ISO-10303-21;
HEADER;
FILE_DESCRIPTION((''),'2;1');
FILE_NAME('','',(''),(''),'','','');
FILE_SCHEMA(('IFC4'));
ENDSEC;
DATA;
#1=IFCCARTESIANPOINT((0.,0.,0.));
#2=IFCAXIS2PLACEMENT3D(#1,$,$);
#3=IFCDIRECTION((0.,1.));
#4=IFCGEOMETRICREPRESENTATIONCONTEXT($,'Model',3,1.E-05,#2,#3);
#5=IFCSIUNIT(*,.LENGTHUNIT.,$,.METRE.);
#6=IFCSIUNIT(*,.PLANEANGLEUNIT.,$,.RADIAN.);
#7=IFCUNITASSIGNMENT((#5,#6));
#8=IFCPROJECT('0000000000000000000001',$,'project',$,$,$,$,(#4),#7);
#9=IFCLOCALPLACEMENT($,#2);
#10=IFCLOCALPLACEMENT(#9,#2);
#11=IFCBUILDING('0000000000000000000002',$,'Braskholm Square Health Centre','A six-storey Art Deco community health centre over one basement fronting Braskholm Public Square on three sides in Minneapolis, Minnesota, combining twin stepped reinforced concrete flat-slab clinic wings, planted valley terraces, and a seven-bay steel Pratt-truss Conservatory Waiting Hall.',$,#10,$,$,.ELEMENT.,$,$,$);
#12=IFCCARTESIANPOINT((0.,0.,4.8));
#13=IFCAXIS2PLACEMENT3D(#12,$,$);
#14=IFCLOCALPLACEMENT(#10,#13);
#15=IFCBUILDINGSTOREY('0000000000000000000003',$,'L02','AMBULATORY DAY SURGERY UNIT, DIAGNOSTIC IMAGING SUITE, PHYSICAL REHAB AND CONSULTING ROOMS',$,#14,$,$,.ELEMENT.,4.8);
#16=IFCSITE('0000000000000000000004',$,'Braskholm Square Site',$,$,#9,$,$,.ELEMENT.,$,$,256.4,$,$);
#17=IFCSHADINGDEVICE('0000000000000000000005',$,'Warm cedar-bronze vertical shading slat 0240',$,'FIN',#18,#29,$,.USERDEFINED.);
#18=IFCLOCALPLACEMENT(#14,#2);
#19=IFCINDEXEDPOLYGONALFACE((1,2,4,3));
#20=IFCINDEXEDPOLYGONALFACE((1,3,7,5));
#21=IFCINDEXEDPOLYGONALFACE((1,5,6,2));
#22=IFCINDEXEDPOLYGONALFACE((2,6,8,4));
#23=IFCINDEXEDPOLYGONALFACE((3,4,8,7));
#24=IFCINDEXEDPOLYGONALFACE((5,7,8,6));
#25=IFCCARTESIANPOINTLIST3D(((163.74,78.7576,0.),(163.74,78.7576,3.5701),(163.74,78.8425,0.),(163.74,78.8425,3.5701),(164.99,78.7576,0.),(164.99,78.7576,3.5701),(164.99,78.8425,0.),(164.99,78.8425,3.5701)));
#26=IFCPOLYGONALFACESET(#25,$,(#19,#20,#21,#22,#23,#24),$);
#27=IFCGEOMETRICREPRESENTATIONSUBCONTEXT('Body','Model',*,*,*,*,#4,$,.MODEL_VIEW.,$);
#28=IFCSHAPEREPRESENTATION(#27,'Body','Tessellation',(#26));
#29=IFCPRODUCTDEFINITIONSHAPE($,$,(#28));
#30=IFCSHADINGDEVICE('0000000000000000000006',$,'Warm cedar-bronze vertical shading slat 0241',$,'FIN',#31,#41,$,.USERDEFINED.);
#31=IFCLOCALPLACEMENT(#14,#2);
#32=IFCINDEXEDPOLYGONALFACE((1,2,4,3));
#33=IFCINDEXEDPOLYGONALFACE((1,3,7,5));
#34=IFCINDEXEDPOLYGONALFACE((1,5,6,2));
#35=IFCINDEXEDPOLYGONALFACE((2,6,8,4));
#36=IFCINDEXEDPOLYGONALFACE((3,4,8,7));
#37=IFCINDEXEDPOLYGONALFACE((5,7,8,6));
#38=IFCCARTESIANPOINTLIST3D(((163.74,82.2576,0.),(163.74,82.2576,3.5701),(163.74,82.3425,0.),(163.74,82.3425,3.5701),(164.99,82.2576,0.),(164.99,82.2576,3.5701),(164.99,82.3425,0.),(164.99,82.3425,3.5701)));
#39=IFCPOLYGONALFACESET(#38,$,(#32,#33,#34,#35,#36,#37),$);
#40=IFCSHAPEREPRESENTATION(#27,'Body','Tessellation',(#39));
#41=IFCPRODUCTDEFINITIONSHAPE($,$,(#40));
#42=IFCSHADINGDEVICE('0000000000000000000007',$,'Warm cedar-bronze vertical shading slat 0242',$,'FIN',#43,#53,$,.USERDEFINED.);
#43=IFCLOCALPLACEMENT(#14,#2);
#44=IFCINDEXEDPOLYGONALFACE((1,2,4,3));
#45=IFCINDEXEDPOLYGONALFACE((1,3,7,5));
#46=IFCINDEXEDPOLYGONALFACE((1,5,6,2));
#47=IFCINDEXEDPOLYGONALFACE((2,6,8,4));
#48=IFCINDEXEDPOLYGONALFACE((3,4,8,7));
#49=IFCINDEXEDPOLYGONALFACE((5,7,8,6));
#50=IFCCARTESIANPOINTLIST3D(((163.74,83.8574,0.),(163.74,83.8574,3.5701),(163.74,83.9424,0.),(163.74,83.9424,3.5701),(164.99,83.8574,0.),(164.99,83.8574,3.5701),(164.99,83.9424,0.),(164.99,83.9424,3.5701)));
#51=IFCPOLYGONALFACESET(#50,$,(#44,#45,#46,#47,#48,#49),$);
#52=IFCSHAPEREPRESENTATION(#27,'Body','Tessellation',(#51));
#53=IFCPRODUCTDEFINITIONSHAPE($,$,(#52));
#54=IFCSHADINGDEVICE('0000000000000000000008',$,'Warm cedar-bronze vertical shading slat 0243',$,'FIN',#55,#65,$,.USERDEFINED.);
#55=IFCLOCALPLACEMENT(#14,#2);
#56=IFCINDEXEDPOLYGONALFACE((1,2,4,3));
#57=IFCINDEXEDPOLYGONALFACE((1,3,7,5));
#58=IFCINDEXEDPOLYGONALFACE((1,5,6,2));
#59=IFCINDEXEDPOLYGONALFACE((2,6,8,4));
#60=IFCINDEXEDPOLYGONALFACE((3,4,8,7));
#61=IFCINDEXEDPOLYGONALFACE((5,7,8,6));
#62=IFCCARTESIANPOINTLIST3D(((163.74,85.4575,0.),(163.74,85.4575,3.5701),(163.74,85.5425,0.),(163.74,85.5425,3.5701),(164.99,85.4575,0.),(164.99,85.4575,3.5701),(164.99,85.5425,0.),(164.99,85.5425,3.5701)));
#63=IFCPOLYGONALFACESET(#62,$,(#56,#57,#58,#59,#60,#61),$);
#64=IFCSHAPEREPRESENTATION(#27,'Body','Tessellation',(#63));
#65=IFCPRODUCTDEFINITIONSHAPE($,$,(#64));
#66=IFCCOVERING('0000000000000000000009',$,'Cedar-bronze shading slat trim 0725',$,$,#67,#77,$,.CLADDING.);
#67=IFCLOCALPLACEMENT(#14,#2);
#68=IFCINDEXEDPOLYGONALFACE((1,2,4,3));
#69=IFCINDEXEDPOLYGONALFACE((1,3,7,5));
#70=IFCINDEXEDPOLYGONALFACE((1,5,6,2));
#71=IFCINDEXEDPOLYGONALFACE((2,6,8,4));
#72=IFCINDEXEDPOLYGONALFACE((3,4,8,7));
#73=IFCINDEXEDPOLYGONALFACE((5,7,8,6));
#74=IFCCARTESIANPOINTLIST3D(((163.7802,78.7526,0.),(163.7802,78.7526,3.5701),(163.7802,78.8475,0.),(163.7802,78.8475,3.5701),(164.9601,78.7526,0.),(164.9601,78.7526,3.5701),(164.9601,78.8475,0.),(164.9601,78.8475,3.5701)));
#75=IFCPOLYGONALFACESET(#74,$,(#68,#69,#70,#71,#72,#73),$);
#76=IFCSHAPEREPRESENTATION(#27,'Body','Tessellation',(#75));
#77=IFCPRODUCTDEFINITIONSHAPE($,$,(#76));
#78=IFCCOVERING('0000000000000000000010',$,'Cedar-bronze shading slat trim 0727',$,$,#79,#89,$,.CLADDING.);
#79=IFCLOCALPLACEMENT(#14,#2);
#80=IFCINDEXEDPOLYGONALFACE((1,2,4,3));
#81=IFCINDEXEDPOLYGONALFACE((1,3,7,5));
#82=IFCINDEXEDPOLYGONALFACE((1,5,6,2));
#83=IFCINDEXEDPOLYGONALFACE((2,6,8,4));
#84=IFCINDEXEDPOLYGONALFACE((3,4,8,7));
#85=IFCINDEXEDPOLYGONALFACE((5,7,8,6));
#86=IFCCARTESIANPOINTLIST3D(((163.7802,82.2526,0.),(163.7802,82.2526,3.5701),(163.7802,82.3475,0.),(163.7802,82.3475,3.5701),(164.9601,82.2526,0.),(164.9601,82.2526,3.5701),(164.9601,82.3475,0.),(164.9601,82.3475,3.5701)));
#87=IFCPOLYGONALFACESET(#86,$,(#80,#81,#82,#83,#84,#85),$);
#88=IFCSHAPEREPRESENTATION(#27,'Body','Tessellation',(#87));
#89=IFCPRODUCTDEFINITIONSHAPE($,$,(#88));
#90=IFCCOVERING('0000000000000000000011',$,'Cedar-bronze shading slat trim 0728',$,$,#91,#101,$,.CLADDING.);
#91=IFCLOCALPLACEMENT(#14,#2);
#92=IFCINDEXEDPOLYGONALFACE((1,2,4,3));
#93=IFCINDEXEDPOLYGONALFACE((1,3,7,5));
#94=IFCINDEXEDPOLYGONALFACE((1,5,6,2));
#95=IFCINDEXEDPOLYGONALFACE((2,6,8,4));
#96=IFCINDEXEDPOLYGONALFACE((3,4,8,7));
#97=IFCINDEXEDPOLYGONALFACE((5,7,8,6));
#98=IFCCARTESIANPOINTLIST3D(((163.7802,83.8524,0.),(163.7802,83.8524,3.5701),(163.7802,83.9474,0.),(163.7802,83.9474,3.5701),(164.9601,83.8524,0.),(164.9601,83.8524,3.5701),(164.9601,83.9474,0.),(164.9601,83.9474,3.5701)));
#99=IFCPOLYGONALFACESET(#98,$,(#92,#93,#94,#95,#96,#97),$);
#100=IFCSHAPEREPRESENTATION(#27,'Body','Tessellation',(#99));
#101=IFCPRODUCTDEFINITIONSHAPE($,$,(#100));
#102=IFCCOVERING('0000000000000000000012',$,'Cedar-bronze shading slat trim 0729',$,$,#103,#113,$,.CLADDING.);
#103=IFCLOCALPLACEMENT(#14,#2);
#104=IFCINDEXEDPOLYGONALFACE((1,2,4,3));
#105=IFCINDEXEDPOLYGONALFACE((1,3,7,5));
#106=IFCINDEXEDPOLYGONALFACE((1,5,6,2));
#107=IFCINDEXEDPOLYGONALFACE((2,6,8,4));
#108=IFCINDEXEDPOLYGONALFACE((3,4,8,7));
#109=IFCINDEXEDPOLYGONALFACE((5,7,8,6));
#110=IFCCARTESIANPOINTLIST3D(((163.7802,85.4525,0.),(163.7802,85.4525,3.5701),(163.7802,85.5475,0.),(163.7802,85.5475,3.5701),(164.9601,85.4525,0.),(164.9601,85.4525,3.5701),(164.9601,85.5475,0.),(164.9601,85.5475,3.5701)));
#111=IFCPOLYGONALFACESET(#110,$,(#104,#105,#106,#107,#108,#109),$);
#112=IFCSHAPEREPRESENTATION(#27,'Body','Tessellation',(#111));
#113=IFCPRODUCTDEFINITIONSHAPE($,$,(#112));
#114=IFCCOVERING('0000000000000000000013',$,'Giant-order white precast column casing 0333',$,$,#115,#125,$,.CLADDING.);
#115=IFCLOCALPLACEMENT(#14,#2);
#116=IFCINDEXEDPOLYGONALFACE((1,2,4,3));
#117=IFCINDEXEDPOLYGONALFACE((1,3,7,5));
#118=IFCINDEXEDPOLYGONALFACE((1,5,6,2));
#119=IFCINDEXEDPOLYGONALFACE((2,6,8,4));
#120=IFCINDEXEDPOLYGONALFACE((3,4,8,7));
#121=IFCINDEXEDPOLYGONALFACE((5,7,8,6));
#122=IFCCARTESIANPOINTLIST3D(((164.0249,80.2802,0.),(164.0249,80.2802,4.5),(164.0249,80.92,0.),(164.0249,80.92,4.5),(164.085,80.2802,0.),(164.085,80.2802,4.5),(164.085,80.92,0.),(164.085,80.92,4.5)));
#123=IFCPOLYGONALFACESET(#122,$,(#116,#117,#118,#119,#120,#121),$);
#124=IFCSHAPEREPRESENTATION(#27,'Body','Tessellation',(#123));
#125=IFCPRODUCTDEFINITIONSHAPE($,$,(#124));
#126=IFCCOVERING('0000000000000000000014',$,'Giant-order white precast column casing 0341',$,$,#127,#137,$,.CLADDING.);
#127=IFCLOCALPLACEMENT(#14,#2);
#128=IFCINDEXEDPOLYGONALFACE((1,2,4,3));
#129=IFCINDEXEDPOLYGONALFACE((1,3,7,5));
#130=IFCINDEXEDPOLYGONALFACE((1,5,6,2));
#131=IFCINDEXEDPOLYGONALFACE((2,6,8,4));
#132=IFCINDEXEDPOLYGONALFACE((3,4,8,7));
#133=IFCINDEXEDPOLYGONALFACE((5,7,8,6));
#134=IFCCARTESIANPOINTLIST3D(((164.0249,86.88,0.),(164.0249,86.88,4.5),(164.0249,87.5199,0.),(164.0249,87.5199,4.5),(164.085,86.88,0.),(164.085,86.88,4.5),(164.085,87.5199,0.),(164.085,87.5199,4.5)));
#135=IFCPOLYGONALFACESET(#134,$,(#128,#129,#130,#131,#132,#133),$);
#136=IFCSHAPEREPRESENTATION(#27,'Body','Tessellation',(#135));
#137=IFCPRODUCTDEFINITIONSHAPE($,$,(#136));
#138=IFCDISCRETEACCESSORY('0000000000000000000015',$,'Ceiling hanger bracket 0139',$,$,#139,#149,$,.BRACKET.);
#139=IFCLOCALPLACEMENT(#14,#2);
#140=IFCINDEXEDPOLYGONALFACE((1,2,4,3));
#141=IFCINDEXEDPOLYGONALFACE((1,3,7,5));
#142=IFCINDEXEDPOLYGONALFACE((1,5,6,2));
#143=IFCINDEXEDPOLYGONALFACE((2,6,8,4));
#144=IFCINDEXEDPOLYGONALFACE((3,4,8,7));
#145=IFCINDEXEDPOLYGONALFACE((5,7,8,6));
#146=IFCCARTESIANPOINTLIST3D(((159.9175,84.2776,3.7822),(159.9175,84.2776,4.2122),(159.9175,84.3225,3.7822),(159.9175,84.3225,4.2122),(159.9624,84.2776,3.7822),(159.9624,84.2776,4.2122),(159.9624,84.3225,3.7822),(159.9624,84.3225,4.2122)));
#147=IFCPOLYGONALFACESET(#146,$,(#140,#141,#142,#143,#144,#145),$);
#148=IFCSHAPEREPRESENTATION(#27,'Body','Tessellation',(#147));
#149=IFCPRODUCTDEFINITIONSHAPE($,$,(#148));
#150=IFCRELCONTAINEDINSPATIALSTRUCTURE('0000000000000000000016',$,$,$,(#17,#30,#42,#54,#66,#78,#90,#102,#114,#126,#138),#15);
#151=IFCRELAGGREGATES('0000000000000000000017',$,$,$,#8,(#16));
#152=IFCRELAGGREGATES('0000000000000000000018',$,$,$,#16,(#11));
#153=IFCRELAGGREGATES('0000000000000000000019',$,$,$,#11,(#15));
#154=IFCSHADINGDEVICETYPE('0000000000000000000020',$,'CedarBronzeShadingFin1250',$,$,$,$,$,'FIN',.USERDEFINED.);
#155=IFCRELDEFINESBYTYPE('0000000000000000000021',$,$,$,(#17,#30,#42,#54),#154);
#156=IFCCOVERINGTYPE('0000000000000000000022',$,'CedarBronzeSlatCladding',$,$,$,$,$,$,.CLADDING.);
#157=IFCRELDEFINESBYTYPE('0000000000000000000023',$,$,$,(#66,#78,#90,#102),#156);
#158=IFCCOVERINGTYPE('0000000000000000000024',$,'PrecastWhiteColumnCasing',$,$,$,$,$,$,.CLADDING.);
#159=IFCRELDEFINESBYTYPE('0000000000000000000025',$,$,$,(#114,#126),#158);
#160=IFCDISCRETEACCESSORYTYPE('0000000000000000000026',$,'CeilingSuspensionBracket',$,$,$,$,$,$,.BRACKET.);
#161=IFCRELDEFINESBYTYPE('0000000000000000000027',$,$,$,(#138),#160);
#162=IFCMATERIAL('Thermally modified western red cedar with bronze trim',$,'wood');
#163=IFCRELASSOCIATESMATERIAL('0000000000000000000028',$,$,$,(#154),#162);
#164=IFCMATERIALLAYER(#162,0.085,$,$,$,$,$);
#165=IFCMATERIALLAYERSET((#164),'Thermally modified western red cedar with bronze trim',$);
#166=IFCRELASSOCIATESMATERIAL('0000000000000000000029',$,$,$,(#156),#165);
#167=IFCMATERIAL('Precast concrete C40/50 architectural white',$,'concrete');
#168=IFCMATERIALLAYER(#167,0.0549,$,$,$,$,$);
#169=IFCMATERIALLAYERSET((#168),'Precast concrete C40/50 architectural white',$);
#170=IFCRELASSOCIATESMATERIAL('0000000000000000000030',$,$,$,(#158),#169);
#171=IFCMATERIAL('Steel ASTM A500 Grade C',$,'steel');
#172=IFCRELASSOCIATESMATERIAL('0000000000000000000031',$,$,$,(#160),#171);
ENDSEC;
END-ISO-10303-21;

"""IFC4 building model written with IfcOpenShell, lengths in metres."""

from ifc_helpers import new_model, si_unit, direction, frame, origin, origin_2d, place, context, subcontext, project, spatial, rectangle, extrude, material, layer, layer_set, type_object, element, save


model = new_model("IFC4")

# Units and contexts
model_context = context("Model", 3, precision=1e-05, world=origin(), true_north=direction((0.0, 1.0)))
body_context = subcontext(model_context, "Body", "Model", "MODEL_VIEW")
ifc_project = project(units=[si_unit("LENGTHUNIT", "METRE"), si_unit("PLANEANGLEUNIT", "RADIAN")], contexts=[model_context])

# Site, building, storey
site_placement = place(None, origin())
site = spatial("IfcSite", under=ifc_project, at=site_placement, Name="Braskholm Square Site", CompositionType="ELEMENT", RefElevation=256.4)
building_placement = place(site_placement, origin())
building = spatial("IfcBuilding", under=site, at=building_placement, Name="Braskholm Square Health Centre", Description="A six-storey Art Deco community health centre over one basement fronting Braskholm Public Square on three sides in Minneapolis, Minnesota, combining twin stepped reinforced concrete flat-slab clinic wings, planted valley terraces, and a seven-bay steel Pratt-truss Conservatory Waiting Hall.", CompositionType="ELEMENT")
storey_placement = place(building_placement, frame((0.0, 0.0, 4.8)))
storey = spatial("IfcBuildingStorey", under=building, at=storey_placement, Name="L02", Description="AMBULATORY DAY SURGERY UNIT, DIAGNOSTIC IMAGING SUITE, PHYSICAL REHAB AND CONSULTING ROOMS", CompositionType="ELEMENT", Elevation=4.8)

# Shared definitions
ifc_material_1 = material(Name="Precast concrete C40/50 architectural white", Category="concrete")

# Shading devices
ifc_material_2 = material(Name="Thermally modified western red cedar with bronze trim", Category="wood")
shading_device_type = type_object("IfcShadingDeviceType", Name="CedarBronzeShadingFin1250", ElementType="FIN", PredefinedType="USERDEFINED", material=ifc_material_2)
for number, where, z_axis, x_axis, name in (
    (1, (164.365, 78.8, 0.0), (0.0, 0.0, 1.0), (1.0, 0.0, 0.0), "Warm cedar-bronze vertical shading slat 0240"),
    (2, (164.365, 82.3, 0.0), (0.0, 0.0, 1.0), (1.0, 0.0, 0.0), "Warm cedar-bronze vertical shading slat 0241"),
    (3, (164.365, 83.8999, 0.0), (0.0, 0.0, 1.0), (1.0, 0.0, 0.0), "Warm cedar-bronze vertical shading slat 0242"),
    (4, (164.365, 85.5, 0.0), (0.0, 0.0, 1.0), (1.0, 0.0, 0.0), "Warm cedar-bronze vertical shading slat 0243"),
):
    element("IfcShadingDevice", number, at=place(storey_placement, frame(where, z_axis=z_axis, x_axis=x_axis)), inside=storey, type_object=shading_device_type, Name=name, ObjectType="FIN", PredefinedType="USERDEFINED", context=body_context, shape_type="SweptSolid", body=[
        extrude(rectangle(XDim=1.25, YDim=0.085, at=origin_2d()), origin(), (0.0, 0.0, 1.0), 3.5701),
    ])

# Coverings
ifc_layer_1 = layer(ifc_material_2, 0.085)
ifc_layer_set_1 = layer_set([ifc_layer_1], Name="Thermally modified western red cedar with bronze trim")
covering_type_1 = type_object("IfcCoveringType", Name="CedarBronzeSlatCladding", PredefinedType="CLADDING", material=ifc_layer_set_1)
for number, where, z_axis, x_axis, name in (
    (5, (164.3701, 78.8, 0.0), (0.0, 0.0, 1.0), (1.0, 0.0, 0.0), "Cedar-bronze shading slat trim 0725"),
    (6, (164.3701, 82.3, 0.0), (0.0, 0.0, 1.0), (1.0, 0.0, 0.0), "Cedar-bronze shading slat trim 0727"),
    (7, (164.3701, 83.8999, 0.0), (0.0, 0.0, 1.0), (1.0, 0.0, 0.0), "Cedar-bronze shading slat trim 0728"),
    (8, (164.3701, 85.5, 0.0), (0.0, 0.0, 1.0), (1.0, 0.0, 0.0), "Cedar-bronze shading slat trim 0729"),
):
    element("IfcCovering", number, at=place(storey_placement, frame(where, z_axis=z_axis, x_axis=x_axis)), inside=storey, type_object=covering_type_1, Name=name, PredefinedType="CLADDING", context=body_context, shape_type="SweptSolid", body=[
        extrude(rectangle(XDim=1.1799, YDim=0.095, at=origin_2d()), origin(), (0.0, 0.0, 1.0), 3.5701),
    ])
ifc_layer_2 = layer(ifc_material_1, 0.0549)
ifc_layer_set_2 = layer_set([ifc_layer_2], Name="Precast concrete C40/50 architectural white")
covering_type_2 = type_object("IfcCoveringType", Name="PrecastWhiteColumnCasing", PredefinedType="CLADDING", material=ifc_layer_set_2)
for number, where, z_axis, x_axis, name in (
    (9, (164.0549, 80.6001, 0.0), (0.0, 0.0, 1.0), (1.0, 0.0, 0.0), "Giant-order white precast column casing 0333"),
    (10, (164.0549, 87.2, 0.0), (0.0, 0.0, 1.0), (1.0, 0.0, 0.0), "Giant-order white precast column casing 0341"),
):
    element("IfcCovering", number, at=place(storey_placement, frame(where, z_axis=z_axis, x_axis=x_axis)), inside=storey, type_object=covering_type_2, Name=name, PredefinedType="CLADDING", context=body_context, shape_type="SweptSolid", body=[
        extrude(rectangle(XDim=0.0601, YDim=0.6399, at=origin_2d()), origin(), (0.0, 0.0, 1.0), 4.5),
    ])

# Discrete accessory
ifc_material_3 = material(Name="Steel ASTM A500 Grade C", Category="steel")
discrete_accessory_type = type_object("IfcDiscreteAccessoryType", Name="CeilingSuspensionBracket", PredefinedType="BRACKET", material=ifc_material_3)
discrete_accessory_placement = place(storey_placement, frame((159.9399, 84.3, 3.7822), z_axis=(0.0, 0.0, 1.0), x_axis=(1.0, 0.0, 0.0)))
element("IfcDiscreteAccessory", 11, at=discrete_accessory_placement, inside=storey, type_object=discrete_accessory_type, Name="Ceiling hanger bracket 0139", PredefinedType="BRACKET", context=body_context, shape_type="SweptSolid", body=[
    extrude(rectangle(XDim=0.0449, YDim=0.0449, at=origin_2d()), origin(), (0.0, 0.0, 1.0), 0.4299),
])

save(model, "model.ifc")
